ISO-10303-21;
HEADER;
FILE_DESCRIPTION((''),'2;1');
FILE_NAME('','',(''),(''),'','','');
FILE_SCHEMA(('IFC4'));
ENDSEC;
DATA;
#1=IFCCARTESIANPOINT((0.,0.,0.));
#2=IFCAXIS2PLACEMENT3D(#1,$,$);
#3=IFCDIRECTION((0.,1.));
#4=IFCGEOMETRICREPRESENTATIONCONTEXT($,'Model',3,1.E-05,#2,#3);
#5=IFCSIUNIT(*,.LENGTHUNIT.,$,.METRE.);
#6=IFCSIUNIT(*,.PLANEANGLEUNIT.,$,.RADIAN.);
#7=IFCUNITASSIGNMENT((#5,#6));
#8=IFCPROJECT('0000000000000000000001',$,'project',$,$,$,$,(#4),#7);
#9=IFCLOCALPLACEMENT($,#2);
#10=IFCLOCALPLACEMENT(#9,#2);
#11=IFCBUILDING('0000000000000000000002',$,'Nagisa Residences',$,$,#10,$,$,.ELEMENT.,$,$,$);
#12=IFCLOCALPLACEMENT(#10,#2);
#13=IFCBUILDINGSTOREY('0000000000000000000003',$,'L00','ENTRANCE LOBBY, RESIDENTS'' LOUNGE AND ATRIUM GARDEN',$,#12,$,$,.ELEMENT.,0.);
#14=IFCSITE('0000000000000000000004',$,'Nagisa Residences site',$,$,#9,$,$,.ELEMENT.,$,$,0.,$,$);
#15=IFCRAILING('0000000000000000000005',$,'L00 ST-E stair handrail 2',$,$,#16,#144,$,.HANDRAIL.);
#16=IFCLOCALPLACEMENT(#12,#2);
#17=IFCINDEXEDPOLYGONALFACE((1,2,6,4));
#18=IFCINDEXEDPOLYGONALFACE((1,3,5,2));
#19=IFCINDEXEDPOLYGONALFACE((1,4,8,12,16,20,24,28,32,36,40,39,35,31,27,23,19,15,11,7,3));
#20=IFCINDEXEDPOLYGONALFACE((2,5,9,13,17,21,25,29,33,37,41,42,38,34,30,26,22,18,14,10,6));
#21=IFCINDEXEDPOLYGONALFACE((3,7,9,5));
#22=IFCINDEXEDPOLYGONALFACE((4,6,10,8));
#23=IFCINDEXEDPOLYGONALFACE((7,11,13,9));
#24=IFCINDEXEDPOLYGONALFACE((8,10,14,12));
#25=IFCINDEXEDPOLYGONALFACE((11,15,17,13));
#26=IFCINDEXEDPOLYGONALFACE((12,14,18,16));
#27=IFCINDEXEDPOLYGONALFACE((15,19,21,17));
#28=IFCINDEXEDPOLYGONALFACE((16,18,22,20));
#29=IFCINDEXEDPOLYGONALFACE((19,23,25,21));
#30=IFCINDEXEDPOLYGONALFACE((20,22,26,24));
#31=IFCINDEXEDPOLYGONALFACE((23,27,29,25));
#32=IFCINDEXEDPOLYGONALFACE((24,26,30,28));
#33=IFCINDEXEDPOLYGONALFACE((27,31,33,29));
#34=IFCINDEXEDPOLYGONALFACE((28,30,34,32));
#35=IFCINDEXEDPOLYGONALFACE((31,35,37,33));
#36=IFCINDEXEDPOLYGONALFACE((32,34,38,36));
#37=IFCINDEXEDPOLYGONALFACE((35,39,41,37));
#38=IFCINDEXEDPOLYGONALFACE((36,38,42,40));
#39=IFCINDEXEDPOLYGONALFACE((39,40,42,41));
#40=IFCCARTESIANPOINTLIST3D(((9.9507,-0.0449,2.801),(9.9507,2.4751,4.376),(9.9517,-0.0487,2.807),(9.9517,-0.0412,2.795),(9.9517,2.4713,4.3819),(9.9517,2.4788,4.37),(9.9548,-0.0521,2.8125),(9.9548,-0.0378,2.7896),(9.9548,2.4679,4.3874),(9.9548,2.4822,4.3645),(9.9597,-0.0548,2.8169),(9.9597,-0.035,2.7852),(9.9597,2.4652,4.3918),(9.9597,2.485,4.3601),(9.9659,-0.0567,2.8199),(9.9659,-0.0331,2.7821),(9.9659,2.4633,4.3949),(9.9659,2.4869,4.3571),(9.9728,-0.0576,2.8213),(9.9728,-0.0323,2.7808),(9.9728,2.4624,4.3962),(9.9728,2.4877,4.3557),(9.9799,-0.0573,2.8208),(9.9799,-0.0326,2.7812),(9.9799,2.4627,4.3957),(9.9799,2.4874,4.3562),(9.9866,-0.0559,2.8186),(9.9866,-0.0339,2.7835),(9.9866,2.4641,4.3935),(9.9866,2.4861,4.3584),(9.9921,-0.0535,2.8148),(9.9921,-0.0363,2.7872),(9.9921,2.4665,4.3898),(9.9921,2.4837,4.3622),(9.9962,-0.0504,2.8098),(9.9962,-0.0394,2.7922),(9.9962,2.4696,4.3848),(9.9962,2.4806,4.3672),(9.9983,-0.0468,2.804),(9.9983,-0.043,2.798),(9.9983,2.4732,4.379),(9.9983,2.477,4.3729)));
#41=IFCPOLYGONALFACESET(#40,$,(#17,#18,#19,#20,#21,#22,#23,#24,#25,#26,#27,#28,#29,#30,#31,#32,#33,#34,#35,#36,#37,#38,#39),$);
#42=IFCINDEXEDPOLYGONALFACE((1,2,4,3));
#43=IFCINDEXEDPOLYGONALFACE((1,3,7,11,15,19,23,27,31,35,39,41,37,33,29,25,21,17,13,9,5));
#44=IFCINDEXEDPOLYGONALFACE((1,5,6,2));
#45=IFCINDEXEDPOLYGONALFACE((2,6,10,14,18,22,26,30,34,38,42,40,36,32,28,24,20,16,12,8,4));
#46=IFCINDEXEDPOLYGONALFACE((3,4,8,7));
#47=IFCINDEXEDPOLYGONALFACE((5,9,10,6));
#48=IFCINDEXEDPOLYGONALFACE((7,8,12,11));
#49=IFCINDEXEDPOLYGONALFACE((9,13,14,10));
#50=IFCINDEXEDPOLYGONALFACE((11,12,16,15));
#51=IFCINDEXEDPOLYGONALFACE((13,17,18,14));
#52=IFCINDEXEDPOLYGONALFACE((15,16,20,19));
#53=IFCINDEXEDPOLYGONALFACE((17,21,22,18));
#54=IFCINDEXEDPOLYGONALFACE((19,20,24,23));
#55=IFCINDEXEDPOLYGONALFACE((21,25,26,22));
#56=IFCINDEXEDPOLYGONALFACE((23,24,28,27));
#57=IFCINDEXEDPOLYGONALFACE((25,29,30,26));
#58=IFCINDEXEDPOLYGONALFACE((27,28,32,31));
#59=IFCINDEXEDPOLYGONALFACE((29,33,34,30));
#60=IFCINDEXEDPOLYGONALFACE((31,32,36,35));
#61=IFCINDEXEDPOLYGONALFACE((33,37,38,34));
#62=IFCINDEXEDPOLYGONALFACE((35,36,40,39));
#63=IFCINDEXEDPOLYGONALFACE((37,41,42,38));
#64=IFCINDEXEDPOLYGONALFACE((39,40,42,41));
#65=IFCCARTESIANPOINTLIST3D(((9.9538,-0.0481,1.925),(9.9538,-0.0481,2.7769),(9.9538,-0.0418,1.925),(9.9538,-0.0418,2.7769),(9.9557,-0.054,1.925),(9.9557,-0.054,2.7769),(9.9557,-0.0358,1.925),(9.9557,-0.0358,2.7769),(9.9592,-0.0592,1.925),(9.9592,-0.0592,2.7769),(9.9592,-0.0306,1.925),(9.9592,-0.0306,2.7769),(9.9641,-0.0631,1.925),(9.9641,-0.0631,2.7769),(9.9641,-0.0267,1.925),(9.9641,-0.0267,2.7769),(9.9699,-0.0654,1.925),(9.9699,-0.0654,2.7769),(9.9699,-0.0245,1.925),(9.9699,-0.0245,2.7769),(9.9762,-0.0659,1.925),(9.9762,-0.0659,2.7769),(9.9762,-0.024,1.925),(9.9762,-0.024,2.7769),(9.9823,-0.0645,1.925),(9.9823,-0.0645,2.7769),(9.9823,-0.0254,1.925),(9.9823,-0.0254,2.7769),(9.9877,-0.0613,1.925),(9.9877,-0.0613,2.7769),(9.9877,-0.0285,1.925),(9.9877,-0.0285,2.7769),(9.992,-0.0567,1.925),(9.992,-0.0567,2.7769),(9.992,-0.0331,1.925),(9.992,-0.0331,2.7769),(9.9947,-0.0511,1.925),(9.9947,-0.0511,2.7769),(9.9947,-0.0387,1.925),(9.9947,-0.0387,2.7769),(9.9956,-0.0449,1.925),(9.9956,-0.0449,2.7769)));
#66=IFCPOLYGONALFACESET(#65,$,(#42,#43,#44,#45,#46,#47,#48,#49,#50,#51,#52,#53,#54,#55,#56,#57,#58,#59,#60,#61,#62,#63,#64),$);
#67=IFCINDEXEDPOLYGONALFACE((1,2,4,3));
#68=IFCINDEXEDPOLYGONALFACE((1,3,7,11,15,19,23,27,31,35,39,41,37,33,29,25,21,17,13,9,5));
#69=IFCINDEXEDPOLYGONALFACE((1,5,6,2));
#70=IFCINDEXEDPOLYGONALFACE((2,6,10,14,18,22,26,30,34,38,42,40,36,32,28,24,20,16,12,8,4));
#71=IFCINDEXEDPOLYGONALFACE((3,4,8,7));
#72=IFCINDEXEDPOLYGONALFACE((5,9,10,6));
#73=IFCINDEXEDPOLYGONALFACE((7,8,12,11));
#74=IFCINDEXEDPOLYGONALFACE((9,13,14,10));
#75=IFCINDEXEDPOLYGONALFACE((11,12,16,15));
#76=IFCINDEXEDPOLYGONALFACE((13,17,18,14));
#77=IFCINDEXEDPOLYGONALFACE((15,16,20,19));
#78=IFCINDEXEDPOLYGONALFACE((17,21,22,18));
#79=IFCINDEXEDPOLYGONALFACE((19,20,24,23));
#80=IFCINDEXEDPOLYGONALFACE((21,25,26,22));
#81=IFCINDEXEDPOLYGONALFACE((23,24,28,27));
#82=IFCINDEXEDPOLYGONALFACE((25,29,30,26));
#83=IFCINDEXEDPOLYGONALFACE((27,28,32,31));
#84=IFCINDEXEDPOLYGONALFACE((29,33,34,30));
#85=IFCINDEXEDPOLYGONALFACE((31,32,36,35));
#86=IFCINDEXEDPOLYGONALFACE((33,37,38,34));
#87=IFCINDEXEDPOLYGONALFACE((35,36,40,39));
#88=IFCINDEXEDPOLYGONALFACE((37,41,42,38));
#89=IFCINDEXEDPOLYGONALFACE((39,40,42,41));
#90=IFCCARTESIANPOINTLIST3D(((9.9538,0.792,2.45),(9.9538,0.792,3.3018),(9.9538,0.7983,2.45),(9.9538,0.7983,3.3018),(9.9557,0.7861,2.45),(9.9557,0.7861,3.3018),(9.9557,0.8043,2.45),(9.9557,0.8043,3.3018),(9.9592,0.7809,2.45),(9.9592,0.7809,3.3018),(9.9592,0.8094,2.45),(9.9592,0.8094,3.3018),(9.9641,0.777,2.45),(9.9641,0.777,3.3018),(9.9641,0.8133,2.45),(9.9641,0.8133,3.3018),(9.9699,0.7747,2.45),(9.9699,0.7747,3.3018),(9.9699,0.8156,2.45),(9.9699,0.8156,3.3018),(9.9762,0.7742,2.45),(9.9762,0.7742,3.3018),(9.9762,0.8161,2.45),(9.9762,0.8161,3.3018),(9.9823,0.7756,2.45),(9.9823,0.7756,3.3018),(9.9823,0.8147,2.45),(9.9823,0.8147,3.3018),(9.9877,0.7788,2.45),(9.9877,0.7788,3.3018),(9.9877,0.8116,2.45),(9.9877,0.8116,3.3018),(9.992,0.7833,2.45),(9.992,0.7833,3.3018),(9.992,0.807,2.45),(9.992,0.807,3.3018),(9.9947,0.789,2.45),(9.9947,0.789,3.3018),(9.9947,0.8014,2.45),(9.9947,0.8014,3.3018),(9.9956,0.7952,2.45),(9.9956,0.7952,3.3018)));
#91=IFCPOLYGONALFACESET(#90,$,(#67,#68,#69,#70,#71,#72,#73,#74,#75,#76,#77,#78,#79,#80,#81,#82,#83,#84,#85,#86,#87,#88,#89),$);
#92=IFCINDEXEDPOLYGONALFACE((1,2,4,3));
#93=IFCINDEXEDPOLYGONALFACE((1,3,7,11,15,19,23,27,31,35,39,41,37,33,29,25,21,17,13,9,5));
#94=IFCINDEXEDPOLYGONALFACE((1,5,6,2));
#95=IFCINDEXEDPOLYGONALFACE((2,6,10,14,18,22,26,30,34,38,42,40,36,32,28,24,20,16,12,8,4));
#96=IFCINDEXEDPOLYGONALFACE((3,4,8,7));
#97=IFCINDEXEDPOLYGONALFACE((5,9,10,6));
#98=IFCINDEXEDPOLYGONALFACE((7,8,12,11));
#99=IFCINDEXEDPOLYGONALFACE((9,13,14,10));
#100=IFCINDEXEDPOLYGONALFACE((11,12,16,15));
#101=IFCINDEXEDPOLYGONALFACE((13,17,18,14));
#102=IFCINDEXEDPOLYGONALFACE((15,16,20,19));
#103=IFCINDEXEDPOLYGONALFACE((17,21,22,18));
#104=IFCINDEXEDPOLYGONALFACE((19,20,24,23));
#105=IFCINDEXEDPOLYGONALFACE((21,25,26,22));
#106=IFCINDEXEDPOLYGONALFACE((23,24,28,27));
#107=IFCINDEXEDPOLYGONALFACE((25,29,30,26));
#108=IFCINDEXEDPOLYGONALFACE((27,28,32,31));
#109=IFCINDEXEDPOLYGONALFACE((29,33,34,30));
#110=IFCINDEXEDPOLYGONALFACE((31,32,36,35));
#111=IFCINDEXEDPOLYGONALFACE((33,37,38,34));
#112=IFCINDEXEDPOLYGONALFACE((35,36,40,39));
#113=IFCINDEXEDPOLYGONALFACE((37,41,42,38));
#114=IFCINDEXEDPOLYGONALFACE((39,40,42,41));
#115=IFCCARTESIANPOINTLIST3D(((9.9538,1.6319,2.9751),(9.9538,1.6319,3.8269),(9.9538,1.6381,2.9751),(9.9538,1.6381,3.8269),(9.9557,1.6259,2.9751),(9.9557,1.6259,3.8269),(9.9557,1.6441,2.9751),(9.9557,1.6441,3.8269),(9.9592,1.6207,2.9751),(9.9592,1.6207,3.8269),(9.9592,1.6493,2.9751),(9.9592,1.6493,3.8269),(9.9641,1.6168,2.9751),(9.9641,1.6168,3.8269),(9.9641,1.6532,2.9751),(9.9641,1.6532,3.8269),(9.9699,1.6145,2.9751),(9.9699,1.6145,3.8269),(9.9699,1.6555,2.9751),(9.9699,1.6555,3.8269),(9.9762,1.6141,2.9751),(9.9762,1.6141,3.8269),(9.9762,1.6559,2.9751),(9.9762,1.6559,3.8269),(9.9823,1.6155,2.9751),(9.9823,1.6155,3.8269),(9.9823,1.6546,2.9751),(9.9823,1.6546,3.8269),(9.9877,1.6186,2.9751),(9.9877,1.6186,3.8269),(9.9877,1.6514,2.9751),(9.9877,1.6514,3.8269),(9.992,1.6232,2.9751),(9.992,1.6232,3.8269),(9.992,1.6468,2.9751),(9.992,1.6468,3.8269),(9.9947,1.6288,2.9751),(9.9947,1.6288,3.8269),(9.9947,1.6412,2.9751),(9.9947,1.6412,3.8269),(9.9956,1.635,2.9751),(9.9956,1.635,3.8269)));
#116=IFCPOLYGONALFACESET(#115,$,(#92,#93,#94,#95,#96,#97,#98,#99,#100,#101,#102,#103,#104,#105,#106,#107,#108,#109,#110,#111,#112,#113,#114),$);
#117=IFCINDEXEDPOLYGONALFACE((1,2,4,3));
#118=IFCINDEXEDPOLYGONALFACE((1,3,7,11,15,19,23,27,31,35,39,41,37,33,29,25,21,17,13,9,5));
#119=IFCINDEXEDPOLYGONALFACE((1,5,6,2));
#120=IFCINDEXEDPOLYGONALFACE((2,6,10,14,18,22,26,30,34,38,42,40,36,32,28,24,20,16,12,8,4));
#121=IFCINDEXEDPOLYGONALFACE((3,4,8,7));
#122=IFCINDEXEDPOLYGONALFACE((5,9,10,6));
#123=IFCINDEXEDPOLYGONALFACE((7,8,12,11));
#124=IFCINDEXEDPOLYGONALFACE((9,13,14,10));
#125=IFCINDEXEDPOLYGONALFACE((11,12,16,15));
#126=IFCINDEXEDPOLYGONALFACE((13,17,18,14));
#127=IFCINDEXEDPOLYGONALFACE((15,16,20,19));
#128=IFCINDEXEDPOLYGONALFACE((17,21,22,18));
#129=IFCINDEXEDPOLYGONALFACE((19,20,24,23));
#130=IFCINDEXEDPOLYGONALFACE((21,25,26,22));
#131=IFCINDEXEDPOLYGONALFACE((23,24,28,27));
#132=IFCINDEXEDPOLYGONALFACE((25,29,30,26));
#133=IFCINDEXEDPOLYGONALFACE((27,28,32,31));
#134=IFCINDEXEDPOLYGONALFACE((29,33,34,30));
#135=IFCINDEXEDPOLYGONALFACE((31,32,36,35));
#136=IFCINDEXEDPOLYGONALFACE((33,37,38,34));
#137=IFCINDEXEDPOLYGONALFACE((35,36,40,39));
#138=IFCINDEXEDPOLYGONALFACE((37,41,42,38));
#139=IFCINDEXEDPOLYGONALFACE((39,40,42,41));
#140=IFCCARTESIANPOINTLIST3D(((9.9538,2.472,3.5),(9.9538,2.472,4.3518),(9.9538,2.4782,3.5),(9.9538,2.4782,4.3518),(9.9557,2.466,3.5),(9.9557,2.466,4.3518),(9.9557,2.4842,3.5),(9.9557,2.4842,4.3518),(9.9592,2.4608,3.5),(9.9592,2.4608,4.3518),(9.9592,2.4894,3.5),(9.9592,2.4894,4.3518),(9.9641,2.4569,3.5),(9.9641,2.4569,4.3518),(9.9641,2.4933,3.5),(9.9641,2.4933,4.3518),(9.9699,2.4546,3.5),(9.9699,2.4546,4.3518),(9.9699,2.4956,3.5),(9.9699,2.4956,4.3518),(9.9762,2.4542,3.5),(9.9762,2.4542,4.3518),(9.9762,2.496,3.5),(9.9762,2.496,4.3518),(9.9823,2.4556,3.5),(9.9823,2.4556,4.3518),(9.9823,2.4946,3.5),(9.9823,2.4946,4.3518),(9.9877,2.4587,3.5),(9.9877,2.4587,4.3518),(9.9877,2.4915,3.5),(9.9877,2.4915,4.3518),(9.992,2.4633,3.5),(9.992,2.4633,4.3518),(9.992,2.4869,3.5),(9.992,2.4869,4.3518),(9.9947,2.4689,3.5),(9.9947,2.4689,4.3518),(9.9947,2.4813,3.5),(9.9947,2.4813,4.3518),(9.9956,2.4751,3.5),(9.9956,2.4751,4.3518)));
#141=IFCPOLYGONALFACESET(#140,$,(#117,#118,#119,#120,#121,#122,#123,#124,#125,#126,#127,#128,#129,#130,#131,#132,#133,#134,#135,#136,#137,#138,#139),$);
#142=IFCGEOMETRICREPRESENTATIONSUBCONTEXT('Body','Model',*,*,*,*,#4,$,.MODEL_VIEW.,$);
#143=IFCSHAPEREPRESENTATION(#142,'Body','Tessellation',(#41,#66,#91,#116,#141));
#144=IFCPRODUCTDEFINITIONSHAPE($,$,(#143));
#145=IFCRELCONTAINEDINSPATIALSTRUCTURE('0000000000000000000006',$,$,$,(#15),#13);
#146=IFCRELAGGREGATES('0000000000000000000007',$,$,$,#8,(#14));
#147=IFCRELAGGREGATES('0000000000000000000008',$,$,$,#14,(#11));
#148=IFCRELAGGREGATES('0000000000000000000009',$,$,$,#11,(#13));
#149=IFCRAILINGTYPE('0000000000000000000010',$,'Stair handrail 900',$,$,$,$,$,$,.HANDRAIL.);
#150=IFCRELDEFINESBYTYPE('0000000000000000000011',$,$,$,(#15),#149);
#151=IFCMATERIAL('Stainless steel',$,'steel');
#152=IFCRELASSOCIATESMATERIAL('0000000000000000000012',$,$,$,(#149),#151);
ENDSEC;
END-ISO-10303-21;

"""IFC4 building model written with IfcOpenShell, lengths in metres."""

from ifc_helpers import new_model, si_unit, direction, frame, origin, origin_2d, place, context, subcontext, project, spatial, circle, extrude, material, type_object, element, save


model = new_model("IFC4")

# Units and contexts
model_context = context("Model", 3, precision=1e-05, world=origin(), true_north=direction((0.0, 1.0)))
body_context = subcontext(model_context, "Body", "Model", "MODEL_VIEW")
ifc_project = project(units=[si_unit("LENGTHUNIT", "METRE"), si_unit("PLANEANGLEUNIT", "RADIAN")], contexts=[model_context])

# Site, building, storey
site_placement = place(None, origin())
site = spatial("IfcSite", under=ifc_project, at=site_placement, Name="Nagisa Residences site", CompositionType="ELEMENT", RefElevation=0.0)
building_placement = place(site_placement, origin())
building = spatial("IfcBuilding", under=site, at=building_placement, Name="Nagisa Residences", CompositionType="ELEMENT")
storey_placement = place(building_placement, origin())
storey = spatial("IfcBuildingStorey", under=building, at=storey_placement, Name="L00", Description="ENTRANCE LOBBY, RESIDENTS' LOUNGE AND ATRIUM GARDEN", CompositionType="ELEMENT", Elevation=0.0)

# Railing
ifc_material_1 = material(Name="Stainless steel", Category="steel")
railing_type = type_object("IfcRailingType", Name="Stair handrail 900", PredefinedType="HANDRAIL", material=ifc_material_1)
for number, where, name in (
    (1, (9.9746, -0.0449, 1.925), "L00 ST-E stair handrail 2"),
):
    element("IfcRailing", number, at=place(storey_placement, frame(where)), inside=storey, type_object=railing_type, Name=name, PredefinedType="HANDRAIL", context=body_context, shape_type="SweptSolid", body=[
        extrude(circle(Radius=0.0239, at=origin_2d()), frame((0.0, 0.0, 0.876), z_axis=(0.0, 0.848008, 0.529984), x_axis=(-1.0, 0.0, 0.0)), (0.0, 0.0, 1.0), 2.9717),
        extrude(circle(Radius=0.021, at=origin_2d()), origin(), (0.0, 0.0, 1.0), 0.8518),
        extrude(circle(Radius=0.021, at=origin_2d()), frame((0.0, 0.8401, 0.5249)), (0.0, 0.0, 1.0), 0.8518),
        extrude(circle(Radius=0.021, at=origin_2d()), frame((0.0, 1.6799, 1.05)), (0.0, 0.0, 1.0), 0.8518),
        extrude(circle(Radius=0.021, at=origin_2d()), frame((0.0, 2.52, 1.575)), (0.0, 0.0, 1.0), 0.8518),
    ])

save(model, "model.ifc")
